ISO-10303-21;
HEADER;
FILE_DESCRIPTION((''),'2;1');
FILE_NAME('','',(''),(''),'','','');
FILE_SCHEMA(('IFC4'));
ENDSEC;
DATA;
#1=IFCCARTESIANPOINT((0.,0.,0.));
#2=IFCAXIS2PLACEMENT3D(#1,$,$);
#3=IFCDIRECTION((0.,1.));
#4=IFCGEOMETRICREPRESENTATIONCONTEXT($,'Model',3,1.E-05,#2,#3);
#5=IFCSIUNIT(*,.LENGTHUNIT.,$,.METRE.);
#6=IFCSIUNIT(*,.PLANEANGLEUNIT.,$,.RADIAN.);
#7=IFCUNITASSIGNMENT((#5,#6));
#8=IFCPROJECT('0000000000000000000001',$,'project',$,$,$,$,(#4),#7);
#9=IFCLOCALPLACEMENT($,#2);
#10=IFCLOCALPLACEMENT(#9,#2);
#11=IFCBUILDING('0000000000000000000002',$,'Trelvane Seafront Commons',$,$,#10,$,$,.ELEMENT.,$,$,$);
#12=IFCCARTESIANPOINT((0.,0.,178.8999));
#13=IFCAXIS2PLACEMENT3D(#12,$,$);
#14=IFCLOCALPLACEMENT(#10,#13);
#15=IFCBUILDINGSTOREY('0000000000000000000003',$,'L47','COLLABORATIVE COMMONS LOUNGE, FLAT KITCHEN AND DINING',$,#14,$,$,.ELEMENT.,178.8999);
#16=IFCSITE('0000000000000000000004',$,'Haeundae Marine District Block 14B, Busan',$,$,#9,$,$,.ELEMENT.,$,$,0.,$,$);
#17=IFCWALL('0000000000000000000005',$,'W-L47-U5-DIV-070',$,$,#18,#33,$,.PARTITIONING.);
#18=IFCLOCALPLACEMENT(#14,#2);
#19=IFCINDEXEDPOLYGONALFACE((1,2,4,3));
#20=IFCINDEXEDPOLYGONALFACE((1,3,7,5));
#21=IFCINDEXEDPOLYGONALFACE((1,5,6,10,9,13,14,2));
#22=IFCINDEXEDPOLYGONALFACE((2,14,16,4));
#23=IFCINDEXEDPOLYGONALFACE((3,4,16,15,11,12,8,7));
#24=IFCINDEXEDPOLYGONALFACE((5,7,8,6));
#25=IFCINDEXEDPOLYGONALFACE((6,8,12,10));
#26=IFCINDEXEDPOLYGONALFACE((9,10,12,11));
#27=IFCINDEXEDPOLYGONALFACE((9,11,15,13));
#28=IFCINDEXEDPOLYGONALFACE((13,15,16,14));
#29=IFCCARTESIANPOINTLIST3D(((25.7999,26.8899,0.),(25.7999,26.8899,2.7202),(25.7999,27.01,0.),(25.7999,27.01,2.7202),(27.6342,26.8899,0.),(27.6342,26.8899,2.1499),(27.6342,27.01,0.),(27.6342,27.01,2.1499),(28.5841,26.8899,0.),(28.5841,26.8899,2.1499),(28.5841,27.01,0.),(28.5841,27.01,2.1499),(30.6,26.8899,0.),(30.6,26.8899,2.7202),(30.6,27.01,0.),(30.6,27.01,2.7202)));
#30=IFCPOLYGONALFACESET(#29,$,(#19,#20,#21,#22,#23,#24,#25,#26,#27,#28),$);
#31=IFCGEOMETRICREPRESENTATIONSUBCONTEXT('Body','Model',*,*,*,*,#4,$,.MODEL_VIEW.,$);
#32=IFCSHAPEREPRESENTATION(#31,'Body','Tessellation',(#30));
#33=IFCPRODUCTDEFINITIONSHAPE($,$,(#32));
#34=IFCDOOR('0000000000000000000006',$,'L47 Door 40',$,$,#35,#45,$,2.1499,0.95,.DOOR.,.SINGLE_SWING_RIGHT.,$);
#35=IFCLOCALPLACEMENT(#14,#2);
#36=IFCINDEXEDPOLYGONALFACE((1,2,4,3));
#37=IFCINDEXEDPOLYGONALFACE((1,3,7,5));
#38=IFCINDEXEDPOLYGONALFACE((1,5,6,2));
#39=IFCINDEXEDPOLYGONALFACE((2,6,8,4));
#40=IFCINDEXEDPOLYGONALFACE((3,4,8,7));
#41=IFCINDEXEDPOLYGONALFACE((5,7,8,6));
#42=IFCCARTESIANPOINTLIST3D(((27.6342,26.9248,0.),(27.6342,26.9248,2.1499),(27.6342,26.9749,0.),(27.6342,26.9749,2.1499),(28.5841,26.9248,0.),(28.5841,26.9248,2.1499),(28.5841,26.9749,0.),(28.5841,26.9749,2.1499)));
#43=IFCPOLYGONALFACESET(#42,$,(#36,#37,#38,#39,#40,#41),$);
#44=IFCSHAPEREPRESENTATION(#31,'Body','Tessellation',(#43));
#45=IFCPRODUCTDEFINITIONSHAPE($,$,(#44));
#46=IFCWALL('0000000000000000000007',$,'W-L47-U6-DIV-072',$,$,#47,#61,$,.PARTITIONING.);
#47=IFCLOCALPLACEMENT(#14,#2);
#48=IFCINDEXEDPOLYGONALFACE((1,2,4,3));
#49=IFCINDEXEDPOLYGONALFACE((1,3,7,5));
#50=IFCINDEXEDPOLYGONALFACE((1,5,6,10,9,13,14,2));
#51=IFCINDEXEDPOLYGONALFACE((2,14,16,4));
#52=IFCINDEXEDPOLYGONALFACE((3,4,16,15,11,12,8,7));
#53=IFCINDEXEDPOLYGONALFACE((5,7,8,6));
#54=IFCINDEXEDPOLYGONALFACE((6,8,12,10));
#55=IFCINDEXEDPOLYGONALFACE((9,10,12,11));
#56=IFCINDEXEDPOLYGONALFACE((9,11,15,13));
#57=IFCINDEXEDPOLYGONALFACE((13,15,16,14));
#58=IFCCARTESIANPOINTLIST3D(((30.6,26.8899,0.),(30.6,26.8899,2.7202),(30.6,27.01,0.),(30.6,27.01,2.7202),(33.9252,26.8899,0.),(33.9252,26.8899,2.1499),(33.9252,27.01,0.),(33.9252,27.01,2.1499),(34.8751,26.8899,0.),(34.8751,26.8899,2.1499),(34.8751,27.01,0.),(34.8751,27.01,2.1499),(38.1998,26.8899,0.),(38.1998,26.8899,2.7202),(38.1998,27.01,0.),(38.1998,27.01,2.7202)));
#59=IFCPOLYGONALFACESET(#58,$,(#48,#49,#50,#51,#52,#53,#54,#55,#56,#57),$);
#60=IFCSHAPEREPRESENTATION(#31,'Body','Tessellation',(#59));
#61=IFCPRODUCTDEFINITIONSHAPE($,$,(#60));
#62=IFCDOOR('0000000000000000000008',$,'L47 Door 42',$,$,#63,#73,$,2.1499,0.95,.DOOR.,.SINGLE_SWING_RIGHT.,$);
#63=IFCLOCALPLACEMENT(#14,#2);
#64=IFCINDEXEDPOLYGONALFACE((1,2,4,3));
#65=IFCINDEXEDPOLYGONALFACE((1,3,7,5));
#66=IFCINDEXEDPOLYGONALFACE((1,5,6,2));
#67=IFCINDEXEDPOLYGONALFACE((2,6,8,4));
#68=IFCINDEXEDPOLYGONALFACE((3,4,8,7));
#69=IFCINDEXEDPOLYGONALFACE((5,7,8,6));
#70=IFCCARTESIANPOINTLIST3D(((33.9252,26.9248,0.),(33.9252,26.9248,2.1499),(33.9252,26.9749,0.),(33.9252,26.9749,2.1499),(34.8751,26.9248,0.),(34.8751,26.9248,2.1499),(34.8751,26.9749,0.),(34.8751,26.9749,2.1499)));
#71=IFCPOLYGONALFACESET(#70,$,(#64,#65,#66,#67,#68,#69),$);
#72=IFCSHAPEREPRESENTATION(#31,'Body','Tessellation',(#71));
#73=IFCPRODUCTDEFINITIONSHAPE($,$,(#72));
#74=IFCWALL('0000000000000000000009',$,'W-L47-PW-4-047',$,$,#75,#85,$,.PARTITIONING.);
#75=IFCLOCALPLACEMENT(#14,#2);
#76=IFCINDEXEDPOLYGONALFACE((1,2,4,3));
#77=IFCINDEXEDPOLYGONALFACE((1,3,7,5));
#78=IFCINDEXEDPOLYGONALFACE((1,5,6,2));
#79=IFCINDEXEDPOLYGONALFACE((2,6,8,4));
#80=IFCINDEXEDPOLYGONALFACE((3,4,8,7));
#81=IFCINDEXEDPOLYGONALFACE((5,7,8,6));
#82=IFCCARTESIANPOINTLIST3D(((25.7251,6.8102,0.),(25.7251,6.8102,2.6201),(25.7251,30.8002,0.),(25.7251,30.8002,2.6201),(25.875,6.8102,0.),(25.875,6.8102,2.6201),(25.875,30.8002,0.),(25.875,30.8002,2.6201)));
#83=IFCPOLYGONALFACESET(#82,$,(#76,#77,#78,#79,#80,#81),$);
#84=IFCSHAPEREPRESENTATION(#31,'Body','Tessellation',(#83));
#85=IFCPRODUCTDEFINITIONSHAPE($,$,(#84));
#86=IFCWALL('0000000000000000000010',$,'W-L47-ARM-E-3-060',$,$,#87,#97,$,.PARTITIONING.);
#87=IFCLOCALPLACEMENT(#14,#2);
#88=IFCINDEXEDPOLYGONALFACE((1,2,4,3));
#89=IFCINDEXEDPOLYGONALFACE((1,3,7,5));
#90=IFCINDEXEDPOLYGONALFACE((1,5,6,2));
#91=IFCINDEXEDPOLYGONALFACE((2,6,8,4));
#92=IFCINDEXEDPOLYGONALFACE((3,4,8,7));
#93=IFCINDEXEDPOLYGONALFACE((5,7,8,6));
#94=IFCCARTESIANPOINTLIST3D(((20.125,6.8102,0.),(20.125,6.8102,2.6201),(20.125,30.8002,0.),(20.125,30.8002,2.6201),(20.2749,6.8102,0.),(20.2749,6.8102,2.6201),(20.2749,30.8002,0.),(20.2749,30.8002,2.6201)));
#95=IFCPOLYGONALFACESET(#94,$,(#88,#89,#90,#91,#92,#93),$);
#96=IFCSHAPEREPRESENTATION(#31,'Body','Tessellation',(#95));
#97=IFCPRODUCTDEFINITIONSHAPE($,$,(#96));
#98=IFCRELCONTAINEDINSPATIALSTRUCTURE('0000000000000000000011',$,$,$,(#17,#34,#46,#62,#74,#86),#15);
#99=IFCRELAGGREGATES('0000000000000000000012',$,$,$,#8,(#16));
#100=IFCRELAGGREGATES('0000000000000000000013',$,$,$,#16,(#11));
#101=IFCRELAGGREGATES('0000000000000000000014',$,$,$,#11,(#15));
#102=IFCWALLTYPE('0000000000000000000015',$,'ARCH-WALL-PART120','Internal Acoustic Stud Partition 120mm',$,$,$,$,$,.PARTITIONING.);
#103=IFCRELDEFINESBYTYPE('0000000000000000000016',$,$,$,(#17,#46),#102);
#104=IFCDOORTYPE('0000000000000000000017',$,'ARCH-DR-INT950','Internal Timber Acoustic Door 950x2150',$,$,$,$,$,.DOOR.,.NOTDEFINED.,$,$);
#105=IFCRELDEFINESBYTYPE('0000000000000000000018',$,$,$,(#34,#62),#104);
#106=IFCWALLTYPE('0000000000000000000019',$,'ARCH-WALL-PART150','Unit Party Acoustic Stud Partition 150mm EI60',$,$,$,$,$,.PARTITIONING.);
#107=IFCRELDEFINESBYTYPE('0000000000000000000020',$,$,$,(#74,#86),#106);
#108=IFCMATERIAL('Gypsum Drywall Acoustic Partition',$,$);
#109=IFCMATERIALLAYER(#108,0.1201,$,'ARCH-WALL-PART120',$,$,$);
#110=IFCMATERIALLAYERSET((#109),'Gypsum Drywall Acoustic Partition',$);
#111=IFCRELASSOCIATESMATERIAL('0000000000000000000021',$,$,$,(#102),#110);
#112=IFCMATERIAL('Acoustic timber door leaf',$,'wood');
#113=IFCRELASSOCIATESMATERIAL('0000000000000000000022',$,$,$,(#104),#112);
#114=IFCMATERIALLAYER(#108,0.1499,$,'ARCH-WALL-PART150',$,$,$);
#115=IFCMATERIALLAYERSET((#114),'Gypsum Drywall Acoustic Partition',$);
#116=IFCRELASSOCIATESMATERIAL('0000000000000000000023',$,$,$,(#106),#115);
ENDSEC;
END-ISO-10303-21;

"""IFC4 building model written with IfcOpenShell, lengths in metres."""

from ifc_helpers import new_model, si_unit, direction, frame, frame_2d, origin, place, context, subcontext, project, spatial, rectangle, extrude, source, transform, mapped, material, layer, layer_set, type_object, element, fill, save


model = new_model("IFC4")

# Units and contexts
model_context = context("Model", 3, precision=1e-05, world=origin(), true_north=direction((0.0, 1.0)))
body_context = subcontext(model_context, "Body", "Model", "MODEL_VIEW")
ifc_project = project(units=[si_unit("LENGTHUNIT", "METRE"), si_unit("PLANEANGLEUNIT", "RADIAN")], contexts=[model_context])

# Site, building, storey
site_placement = place(None, origin())
site = spatial("IfcSite", under=ifc_project, at=site_placement, Name="Haeundae Marine District Block 14B, Busan", CompositionType="ELEMENT", RefElevation=0.0)
building_placement = place(site_placement, origin())
building = spatial("IfcBuilding", under=site, at=building_placement, Name="Trelvane Seafront Commons", CompositionType="ELEMENT")
storey_placement = place(building_placement, frame((0.0, 0.0, 178.8999)))
storey = spatial("IfcBuildingStorey", under=building, at=storey_placement, Name="L47", Description="COLLABORATIVE COMMONS LOUNGE, FLAT KITCHEN AND DINING", CompositionType="ELEMENT", Elevation=178.8999)

# Shared definitions
ifc_material_1 = material(Name="Gypsum Drywall Acoustic Partition")
ifc_layer_1 = layer(ifc_material_1, 0.1201, Name="ARCH-WALL-PART120")
ifc_layer_set_1 = layer_set([ifc_layer_1], Name="Gypsum Drywall Acoustic Partition")
wall_type_1 = type_object("IfcWallType", Name="ARCH-WALL-PART120", Description="Internal Acoustic Stud Partition 120mm", PredefinedType="PARTITIONING", material=ifc_layer_set_1)
ifc_material_2 = material(Name="Acoustic timber door leaf", Category="wood")
door_type = type_object("IfcDoorType", Name="ARCH-DR-INT950", Description="Internal Timber Acoustic Door 950x2150", OperationType="NOTDEFINED", PredefinedType="DOOR", material=ifc_material_2)
shared_shape_1 = source(origin(), body_context, "Body", "SweptSolid", [
    extrude(rectangle(XDim=0.95, YDim=2.1499, at=frame_2d((0.4751, 1.075))), frame((0.0, 0.0249, 0.0), z_axis=(0.0, -1.0, 0.0), x_axis=(1.0, 0.0, 0.0)), (0.0, 0.0, 1.0), 0.05),
])

# Walls, openings, doors
wall_1_placement = place(storey_placement, frame((25.8, 26.95, 0.0), z_axis=(0.0, 0.0, 1.0), x_axis=(1.0, 0.0, 0.0)))
wall_1 = element("IfcWall", 1, at=wall_1_placement, inside=storey, type_object=wall_type_1, Name="W-L47-U5-DIV-070", PredefinedType="PARTITIONING", context=body_context, shape_type="SweptSolid", body=[
    extrude(rectangle(XDim=4.8, YDim=0.1201, at=frame_2d((2.3999, 0.0))), origin(), (0.0, 0.0, 1.0), 2.7202),
])
opening_1_placement = place(wall_1_placement, frame((1.834, 0.0, 0.0)))
opening_1 = element("IfcOpeningElement", 2, at=opening_1_placement, cuts=wall_1, PredefinedType="OPENING", context=body_context, shape_type="SweptSolid", body=[
    extrude(rectangle(XDim=0.95, YDim=2.1499, at=frame_2d((0.4751, 1.075))), frame((0.0, 0.0701, 0.0), z_axis=(0.0, -1.0, 0.0), x_axis=(1.0, 0.0, 0.0)), (0.0, 0.0, 1.0), 0.1401),
])
door_1_placement = place(opening_1_placement, origin())
door_1 = element("IfcDoor", 3, at=door_1_placement, inside=storey, type_object=door_type, Name="L47 Door 40", OperationType="SINGLE_SWING_RIGHT", OverallHeight=2.1499, OverallWidth=0.95, PredefinedType="DOOR", context=body_context, shape_type="MappedRepresentation", body=[
    mapped(shared_shape_1, transform((0.0, 0.0, 0.0), x_axis=(1.0, 0.0, 0.0), y_axis=(0.0, 1.0, 0.0), z_axis=(0.0, 0.0, 1.0), scale=1.0)),
])
fill(opening_1, door_1)
wall_2_placement = place(storey_placement, frame((30.6001, 26.95, 0.0), z_axis=(0.0, 0.0, 1.0), x_axis=(1.0, 0.0, 0.0)))
wall_2 = element("IfcWall", 4, at=wall_2_placement, inside=storey, type_object=wall_type_1, Name="W-L47-U6-DIV-072", PredefinedType="PARTITIONING", context=body_context, shape_type="SweptSolid", body=[
    extrude(rectangle(XDim=7.5999, YDim=0.1201, at=frame_2d((3.7998, 0.0))), origin(), (0.0, 0.0, 1.0), 2.7202),
])
opening_2_placement = place(wall_2_placement, frame((3.325, 0.0, 0.0)))
opening_2 = element("IfcOpeningElement", 5, at=opening_2_placement, cuts=wall_2, PredefinedType="OPENING", context=body_context, shape_type="SweptSolid", body=[
    extrude(rectangle(XDim=0.95, YDim=2.1499, at=frame_2d((0.4751, 1.075))), frame((0.0, 0.0701, 0.0), z_axis=(0.0, -1.0, 0.0), x_axis=(1.0, 0.0, 0.0)), (0.0, 0.0, 1.0), 0.1401),
])
door_2_placement = place(opening_2_placement, origin())
door_2 = element("IfcDoor", 6, at=door_2_placement, inside=storey, type_object=door_type, Name="L47 Door 42", OperationType="SINGLE_SWING_RIGHT", OverallHeight=2.1499, OverallWidth=0.95, PredefinedType="DOOR", context=body_context, shape_type="MappedRepresentation", body=[
    mapped(shared_shape_1, transform((0.0, 0.0, 0.0), x_axis=(1.0, 0.0, 0.0), y_axis=(0.0, 1.0, 0.0), z_axis=(0.0, 0.0, 1.0), scale=1.0)),
])
fill(opening_2, door_2)

# Walls
ifc_layer_2 = layer(ifc_material_1, 0.1499, Name="ARCH-WALL-PART150")
ifc_layer_set_2 = layer_set([ifc_layer_2], Name="Gypsum Drywall Acoustic Partition")
wall_type_2 = type_object("IfcWallType", Name="ARCH-WALL-PART150", Description="Unit Party Acoustic Stud Partition 150mm EI60", PredefinedType="PARTITIONING", material=ifc_layer_set_2)
for number, where, z_axis, x_axis, name in (
    (7, (25.8, 6.8101, 0.0), (0.0, 0.0, 1.0), (0.0, 1.0, 0.0), "W-L47-PW-4-047"),
    (8, (20.2, 6.8101, 0.0), (0.0, 0.0, 1.0), (0.0, 1.0, 0.0), "W-L47-ARM-E-3-060"),
):
    element("IfcWall", number, at=place(storey_placement, frame(where, z_axis=z_axis, x_axis=x_axis)), inside=storey, type_object=wall_type_2, Name=name, PredefinedType="PARTITIONING", context=body_context, shape_type="SweptSolid", body=[
        extrude(rectangle(XDim=23.99, YDim=0.1499, at=frame_2d((11.9951, 0.0))), origin(), (0.0, 0.0, 1.0), 2.6201),
    ])

save(model, "model.ifc")
